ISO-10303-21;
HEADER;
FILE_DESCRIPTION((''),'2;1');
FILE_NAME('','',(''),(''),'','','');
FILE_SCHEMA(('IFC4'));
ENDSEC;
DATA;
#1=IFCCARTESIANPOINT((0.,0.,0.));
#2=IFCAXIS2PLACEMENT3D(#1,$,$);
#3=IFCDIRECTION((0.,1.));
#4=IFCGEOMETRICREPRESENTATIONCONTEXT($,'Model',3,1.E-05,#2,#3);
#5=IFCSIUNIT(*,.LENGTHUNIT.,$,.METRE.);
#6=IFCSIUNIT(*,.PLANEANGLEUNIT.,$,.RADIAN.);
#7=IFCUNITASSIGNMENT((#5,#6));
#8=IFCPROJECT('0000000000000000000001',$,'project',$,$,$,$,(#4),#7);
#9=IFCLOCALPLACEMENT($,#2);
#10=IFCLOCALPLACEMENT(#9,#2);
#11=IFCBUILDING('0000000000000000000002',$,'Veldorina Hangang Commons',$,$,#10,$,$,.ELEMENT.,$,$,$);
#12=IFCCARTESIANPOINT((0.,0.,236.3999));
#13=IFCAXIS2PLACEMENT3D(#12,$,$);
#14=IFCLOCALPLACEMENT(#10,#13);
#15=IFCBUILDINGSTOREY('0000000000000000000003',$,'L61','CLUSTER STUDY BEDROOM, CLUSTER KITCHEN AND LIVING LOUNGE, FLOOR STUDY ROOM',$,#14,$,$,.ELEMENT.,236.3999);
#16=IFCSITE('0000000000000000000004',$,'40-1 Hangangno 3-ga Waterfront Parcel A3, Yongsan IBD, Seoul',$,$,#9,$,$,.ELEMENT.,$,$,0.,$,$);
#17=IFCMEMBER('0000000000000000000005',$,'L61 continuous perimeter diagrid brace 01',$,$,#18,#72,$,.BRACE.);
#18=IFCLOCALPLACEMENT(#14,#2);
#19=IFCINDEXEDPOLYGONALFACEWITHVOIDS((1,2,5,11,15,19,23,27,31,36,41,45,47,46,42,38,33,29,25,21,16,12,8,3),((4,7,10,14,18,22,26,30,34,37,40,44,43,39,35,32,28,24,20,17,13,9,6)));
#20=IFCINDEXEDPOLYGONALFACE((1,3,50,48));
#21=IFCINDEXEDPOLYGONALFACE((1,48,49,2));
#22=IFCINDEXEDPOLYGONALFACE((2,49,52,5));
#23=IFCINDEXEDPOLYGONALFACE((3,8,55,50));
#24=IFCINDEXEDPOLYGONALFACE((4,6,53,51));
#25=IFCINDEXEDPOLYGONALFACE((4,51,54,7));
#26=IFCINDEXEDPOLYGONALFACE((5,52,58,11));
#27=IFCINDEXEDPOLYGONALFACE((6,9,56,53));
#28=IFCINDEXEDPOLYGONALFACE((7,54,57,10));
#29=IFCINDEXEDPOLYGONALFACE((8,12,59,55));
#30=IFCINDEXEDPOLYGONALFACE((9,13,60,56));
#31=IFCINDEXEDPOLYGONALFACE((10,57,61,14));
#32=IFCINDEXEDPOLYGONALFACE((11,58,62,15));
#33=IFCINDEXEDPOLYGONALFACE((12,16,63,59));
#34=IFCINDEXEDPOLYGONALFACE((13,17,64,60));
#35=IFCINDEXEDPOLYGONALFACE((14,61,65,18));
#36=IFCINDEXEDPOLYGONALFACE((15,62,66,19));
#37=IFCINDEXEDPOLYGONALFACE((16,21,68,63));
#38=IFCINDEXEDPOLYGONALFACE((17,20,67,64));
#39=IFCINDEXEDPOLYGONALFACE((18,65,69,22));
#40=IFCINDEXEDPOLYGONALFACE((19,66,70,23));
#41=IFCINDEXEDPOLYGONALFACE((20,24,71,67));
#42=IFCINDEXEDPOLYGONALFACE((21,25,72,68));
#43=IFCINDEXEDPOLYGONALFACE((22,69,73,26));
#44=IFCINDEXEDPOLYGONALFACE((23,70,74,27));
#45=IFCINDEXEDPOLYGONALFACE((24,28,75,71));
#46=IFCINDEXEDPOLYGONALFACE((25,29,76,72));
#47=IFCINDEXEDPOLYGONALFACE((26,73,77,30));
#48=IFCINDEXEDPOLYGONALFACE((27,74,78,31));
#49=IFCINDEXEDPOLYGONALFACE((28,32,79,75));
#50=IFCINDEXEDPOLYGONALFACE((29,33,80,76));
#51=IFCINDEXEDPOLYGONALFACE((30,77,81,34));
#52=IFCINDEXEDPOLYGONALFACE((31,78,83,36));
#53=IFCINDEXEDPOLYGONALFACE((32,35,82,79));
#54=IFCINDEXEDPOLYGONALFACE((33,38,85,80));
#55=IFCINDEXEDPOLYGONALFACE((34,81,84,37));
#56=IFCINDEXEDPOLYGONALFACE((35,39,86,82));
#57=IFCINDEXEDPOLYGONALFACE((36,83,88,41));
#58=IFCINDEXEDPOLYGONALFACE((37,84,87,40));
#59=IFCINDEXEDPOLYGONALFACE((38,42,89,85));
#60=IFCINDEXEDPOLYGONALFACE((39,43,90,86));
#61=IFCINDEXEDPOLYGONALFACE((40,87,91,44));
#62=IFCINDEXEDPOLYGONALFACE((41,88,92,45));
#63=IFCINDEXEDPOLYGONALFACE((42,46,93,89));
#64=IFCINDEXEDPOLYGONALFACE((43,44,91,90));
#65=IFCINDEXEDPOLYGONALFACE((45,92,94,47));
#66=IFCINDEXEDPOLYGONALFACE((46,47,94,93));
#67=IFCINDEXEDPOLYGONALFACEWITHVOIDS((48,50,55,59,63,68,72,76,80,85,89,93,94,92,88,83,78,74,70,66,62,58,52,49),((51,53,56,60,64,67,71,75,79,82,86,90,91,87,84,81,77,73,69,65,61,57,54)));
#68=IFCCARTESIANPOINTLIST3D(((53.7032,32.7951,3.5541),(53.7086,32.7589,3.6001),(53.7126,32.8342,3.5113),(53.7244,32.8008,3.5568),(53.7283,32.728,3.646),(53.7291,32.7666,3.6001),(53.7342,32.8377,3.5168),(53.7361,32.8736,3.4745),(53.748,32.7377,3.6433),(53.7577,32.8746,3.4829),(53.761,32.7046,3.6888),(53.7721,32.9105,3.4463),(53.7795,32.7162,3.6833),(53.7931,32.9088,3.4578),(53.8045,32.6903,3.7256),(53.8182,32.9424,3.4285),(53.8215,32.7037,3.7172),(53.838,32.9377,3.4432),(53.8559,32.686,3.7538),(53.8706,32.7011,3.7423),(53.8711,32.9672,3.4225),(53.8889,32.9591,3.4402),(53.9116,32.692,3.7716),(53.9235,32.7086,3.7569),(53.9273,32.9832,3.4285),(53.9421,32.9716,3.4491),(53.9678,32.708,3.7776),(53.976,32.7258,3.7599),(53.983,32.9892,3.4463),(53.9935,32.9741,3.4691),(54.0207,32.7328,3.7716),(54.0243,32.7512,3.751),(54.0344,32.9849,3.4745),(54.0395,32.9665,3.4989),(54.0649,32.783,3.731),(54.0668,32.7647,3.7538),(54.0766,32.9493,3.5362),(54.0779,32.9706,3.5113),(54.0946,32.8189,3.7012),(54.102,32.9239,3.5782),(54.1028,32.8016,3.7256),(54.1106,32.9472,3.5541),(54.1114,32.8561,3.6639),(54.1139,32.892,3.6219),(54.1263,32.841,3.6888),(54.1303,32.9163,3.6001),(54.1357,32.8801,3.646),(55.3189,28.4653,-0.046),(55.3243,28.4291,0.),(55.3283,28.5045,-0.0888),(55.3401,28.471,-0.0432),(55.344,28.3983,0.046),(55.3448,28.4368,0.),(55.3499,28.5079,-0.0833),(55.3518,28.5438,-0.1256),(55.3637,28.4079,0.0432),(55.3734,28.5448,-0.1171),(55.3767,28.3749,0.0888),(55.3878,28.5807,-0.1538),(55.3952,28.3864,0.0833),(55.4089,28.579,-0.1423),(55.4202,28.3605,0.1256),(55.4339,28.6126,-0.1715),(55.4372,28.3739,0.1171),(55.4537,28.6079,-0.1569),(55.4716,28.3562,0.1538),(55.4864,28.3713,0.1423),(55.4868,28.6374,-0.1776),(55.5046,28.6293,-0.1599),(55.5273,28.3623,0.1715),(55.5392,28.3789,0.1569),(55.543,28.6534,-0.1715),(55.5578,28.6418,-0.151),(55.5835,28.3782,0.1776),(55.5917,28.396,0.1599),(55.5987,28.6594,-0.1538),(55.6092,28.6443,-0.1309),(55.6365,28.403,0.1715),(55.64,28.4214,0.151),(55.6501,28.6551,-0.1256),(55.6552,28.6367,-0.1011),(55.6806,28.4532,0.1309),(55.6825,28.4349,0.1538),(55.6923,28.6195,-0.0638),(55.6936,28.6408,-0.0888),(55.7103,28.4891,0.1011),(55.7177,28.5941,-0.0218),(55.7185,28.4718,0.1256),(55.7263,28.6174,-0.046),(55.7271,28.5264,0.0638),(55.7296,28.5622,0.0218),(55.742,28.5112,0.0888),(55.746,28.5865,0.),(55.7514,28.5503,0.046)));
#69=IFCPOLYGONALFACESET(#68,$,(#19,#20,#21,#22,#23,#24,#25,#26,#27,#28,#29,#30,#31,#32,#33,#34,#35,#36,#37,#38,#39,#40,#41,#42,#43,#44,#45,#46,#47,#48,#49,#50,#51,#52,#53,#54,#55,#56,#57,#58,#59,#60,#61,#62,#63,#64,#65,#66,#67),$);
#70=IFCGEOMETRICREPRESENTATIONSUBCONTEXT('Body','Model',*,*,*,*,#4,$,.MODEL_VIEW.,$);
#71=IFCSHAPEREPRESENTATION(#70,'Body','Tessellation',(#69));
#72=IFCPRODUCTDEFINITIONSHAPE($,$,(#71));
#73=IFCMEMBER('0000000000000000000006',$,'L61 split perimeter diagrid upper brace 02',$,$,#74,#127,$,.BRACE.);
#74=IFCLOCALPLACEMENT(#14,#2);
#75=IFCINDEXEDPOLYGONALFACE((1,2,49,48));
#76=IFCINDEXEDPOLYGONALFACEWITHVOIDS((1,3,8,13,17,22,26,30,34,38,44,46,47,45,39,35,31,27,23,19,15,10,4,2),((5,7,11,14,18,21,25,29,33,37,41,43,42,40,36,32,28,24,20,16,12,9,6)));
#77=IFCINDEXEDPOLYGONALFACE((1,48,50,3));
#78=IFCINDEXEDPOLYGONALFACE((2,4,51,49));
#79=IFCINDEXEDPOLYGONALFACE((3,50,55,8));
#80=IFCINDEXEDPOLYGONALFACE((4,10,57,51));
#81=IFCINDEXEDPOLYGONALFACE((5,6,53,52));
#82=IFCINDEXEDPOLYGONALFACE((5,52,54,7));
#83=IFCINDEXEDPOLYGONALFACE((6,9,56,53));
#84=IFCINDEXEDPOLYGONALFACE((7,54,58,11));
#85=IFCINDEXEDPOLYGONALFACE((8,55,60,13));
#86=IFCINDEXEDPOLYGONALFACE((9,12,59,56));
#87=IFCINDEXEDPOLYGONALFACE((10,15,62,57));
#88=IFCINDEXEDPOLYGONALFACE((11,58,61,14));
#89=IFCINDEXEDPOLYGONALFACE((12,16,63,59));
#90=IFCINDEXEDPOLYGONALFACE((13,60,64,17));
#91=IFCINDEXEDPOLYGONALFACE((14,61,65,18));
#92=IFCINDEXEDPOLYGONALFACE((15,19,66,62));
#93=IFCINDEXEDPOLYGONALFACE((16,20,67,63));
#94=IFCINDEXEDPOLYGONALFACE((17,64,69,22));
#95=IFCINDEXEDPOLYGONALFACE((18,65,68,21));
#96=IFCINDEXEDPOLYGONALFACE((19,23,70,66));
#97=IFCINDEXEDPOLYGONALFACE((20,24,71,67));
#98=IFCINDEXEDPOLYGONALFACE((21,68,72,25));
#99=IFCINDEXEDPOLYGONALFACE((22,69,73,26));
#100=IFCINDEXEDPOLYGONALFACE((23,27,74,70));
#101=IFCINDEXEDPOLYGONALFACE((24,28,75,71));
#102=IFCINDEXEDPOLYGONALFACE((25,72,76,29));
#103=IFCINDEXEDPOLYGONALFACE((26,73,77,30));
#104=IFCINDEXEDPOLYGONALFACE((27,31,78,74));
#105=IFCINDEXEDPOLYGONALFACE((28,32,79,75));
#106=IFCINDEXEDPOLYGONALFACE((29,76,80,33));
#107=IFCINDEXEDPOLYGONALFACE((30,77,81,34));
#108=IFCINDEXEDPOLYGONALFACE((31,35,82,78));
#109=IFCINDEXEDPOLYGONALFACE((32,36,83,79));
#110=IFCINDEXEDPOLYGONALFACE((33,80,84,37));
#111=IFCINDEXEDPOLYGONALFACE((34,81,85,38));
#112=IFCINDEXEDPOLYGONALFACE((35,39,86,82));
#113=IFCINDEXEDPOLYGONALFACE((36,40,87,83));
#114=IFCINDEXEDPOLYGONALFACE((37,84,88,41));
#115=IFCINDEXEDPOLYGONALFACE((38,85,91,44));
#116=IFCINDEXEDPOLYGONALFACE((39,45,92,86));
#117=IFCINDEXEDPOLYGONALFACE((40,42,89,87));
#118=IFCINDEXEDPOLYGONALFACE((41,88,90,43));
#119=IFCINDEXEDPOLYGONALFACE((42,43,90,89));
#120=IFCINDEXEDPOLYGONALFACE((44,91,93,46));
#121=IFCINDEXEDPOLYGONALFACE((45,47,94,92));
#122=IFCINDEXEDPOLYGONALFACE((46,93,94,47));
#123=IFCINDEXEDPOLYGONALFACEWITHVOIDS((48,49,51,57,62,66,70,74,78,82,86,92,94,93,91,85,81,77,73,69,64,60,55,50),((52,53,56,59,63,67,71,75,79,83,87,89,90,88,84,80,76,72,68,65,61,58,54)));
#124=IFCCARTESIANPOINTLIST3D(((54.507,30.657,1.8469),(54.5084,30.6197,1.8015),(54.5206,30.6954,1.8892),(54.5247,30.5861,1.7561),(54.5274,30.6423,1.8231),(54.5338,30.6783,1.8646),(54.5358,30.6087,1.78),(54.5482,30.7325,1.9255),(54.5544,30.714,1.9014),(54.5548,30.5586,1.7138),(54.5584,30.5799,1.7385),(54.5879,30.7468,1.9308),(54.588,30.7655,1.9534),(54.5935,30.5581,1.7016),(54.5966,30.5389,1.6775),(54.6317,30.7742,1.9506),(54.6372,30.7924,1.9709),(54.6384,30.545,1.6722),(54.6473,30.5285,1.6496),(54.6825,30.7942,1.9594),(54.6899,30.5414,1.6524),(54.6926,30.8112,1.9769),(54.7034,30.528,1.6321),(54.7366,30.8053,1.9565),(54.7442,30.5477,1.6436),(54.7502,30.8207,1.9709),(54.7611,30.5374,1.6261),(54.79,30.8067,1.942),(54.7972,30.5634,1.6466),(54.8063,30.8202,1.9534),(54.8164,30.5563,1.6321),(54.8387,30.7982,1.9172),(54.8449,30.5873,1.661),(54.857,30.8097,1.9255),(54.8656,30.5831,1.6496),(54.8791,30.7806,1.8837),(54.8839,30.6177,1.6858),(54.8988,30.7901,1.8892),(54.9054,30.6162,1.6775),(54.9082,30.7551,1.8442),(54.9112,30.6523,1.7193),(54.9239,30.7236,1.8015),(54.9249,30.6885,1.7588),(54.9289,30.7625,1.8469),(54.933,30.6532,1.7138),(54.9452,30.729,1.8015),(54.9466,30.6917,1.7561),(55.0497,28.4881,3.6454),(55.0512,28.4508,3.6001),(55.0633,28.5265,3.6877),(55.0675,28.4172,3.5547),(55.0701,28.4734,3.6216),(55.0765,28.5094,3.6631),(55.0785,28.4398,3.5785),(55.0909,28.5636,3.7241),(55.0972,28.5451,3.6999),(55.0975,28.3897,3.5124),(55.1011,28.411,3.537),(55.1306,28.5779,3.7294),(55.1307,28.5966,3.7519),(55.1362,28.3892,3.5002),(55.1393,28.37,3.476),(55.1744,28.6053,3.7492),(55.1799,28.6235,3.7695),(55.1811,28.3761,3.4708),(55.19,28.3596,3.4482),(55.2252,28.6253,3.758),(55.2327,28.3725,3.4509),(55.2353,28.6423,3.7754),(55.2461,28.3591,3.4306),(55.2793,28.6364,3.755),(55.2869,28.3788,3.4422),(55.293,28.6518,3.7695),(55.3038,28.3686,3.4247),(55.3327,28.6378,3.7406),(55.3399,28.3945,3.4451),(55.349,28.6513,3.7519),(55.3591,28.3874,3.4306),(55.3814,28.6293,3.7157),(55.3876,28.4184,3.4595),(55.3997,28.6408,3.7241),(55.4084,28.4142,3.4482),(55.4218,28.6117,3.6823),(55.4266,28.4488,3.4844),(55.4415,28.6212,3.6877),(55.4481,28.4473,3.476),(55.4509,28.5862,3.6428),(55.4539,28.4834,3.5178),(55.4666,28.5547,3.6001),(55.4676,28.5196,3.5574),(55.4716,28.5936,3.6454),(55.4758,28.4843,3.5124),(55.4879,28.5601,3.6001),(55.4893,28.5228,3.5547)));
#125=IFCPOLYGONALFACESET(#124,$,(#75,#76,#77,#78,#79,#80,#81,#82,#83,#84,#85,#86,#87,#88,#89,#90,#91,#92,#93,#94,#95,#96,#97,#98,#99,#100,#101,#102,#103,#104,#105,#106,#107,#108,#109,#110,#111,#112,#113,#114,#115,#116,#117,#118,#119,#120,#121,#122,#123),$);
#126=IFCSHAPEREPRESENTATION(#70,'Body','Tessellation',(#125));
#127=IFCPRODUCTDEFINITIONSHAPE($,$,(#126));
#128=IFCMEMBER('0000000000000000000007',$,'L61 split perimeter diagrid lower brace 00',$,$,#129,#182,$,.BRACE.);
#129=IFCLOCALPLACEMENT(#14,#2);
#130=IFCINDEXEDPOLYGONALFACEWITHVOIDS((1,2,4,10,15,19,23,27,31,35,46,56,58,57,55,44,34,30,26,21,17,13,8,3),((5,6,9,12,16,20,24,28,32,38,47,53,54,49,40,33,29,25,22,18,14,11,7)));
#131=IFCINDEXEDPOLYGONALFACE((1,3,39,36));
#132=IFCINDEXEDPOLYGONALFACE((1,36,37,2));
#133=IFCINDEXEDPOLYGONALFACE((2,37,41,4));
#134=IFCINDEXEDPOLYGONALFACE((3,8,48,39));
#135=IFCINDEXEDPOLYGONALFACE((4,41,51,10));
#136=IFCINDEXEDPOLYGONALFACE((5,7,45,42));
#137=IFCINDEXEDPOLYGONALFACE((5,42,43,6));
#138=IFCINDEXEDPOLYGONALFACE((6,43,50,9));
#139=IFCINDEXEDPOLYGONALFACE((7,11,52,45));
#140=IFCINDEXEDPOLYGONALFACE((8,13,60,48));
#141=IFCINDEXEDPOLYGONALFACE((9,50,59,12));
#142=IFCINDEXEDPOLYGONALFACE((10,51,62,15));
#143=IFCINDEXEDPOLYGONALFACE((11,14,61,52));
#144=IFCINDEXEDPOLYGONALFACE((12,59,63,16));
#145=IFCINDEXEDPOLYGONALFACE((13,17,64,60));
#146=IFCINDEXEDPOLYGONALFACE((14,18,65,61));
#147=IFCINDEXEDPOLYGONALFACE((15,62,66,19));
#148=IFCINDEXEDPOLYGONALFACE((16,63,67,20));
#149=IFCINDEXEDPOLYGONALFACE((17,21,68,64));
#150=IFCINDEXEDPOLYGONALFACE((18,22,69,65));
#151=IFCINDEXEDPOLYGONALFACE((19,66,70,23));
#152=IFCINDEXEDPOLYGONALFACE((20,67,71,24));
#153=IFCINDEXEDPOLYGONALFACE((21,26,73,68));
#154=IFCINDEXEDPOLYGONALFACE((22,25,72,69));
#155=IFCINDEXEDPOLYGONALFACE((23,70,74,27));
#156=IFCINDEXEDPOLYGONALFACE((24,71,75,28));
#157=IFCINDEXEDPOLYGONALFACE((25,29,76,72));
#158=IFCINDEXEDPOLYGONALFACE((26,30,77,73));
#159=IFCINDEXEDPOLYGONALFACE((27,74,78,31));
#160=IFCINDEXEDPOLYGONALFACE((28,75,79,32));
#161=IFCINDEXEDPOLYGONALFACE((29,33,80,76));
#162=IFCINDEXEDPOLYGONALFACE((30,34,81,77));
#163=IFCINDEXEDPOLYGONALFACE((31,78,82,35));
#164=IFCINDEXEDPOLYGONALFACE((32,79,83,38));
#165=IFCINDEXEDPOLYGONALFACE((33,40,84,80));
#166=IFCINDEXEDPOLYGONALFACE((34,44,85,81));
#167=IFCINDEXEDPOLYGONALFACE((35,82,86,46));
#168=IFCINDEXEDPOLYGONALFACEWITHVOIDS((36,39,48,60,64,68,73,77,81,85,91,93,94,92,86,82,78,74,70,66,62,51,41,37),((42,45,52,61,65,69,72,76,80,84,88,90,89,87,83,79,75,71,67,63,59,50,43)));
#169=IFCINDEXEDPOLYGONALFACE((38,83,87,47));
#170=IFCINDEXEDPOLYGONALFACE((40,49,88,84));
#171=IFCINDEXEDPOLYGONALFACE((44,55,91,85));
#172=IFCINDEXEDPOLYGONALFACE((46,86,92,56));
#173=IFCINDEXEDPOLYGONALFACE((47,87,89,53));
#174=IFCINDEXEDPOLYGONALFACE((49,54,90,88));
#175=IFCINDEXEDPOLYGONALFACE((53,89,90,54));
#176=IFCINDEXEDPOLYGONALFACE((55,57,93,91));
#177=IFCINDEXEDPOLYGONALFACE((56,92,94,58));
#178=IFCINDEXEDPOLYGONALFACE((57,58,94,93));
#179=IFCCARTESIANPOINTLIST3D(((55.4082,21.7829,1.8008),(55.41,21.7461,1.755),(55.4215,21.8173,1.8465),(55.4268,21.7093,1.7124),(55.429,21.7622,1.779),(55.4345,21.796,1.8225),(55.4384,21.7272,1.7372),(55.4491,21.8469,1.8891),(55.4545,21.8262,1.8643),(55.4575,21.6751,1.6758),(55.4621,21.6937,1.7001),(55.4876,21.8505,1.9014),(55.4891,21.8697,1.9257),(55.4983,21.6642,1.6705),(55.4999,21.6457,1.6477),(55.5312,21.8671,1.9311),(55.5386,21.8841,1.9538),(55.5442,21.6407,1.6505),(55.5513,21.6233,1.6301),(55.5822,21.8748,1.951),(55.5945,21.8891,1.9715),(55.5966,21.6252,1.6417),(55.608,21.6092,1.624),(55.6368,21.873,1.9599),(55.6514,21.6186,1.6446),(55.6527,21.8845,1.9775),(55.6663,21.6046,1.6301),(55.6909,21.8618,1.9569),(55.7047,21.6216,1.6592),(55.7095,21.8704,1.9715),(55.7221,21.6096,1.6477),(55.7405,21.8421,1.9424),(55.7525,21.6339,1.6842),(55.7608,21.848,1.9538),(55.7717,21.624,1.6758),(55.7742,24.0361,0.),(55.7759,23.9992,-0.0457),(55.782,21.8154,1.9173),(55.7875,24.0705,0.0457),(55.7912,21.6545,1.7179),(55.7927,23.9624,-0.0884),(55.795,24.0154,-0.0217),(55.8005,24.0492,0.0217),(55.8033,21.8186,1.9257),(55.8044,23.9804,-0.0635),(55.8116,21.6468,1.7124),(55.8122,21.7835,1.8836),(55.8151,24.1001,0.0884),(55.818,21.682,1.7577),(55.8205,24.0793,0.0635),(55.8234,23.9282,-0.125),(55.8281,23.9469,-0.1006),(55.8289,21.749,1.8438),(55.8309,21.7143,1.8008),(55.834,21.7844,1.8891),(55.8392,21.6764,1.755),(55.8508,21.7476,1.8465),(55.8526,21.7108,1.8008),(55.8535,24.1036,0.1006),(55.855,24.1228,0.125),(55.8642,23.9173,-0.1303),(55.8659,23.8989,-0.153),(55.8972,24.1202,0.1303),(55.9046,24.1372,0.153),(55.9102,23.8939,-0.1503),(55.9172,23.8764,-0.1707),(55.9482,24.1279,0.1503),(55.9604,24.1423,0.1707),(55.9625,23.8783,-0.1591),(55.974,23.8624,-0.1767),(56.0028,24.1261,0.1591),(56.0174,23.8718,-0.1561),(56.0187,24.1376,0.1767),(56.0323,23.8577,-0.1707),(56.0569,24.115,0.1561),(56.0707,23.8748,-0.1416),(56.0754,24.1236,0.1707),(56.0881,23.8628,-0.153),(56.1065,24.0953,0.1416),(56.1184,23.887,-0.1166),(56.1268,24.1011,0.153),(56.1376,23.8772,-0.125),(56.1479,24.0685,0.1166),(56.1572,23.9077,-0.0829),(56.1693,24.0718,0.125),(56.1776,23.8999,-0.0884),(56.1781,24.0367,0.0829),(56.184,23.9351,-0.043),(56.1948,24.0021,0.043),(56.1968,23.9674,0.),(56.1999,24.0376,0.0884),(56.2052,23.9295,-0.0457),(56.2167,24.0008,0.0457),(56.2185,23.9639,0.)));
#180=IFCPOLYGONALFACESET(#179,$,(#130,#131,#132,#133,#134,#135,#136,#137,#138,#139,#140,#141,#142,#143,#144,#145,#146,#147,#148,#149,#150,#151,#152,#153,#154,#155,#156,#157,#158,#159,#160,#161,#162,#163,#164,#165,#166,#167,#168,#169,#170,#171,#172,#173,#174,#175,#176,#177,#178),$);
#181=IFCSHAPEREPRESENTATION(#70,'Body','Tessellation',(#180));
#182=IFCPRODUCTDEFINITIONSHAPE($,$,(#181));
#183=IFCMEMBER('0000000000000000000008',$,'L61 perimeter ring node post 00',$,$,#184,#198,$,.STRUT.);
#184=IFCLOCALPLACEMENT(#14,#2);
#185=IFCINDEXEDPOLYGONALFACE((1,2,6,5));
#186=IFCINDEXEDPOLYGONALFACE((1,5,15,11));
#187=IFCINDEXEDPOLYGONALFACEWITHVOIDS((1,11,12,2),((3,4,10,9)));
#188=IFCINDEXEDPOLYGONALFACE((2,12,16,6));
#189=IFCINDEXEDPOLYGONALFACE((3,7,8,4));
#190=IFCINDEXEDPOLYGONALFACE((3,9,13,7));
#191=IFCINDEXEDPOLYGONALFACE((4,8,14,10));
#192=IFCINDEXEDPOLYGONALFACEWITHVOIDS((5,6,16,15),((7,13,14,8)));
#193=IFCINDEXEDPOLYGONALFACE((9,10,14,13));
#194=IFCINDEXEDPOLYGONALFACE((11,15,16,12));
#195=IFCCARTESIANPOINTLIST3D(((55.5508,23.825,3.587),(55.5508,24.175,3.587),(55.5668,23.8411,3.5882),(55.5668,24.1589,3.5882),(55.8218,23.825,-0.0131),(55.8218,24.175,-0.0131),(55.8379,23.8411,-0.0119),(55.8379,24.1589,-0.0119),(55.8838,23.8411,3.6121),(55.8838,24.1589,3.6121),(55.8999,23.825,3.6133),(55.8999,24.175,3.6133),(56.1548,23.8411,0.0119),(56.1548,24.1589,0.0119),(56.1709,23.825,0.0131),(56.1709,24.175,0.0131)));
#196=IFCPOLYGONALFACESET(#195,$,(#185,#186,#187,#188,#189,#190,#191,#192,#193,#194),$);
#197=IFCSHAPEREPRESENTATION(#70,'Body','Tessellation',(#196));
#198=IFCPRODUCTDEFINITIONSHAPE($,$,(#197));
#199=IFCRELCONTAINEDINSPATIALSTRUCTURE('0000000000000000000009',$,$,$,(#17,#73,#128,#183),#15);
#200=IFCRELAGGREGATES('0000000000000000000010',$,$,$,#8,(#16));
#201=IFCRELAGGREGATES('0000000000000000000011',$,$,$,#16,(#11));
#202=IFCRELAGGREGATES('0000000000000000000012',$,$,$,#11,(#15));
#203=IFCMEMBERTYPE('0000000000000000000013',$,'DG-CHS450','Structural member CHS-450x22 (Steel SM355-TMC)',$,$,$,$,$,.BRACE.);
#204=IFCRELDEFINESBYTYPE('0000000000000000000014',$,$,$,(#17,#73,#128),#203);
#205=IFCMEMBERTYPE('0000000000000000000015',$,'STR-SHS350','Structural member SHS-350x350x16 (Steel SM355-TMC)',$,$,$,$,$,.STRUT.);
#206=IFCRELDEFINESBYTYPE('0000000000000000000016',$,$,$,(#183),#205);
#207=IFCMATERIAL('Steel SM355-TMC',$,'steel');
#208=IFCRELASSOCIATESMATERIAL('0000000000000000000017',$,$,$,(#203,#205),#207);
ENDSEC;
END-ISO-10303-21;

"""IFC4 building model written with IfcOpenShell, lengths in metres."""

from ifc_helpers import new_model, si_unit, direction, frame, origin, origin_2d, place, context, subcontext, project, spatial, hollow_rectangle, hollow_circle, extrude, material, material_profile, profile_set, type_object, element, save


model = new_model("IFC4")

# Units and contexts
model_context = context("Model", 3, precision=1e-05, world=origin(), true_north=direction((0.0, 1.0)))
body_context = subcontext(model_context, "Body", "Model", "MODEL_VIEW")
ifc_project = project(units=[si_unit("LENGTHUNIT", "METRE"), si_unit("PLANEANGLEUNIT", "RADIAN")], contexts=[model_context])

# Site, building, storey
site_placement = place(None, origin())
site = spatial("IfcSite", under=ifc_project, at=site_placement, Name="40-1 Hangangno 3-ga Waterfront Parcel A3, Yongsan IBD, Seoul", CompositionType="ELEMENT", RefElevation=0.0)
building_placement = place(site_placement, origin())
building = spatial("IfcBuilding", under=site, at=building_placement, Name="Veldorina Hangang Commons", CompositionType="ELEMENT")
storey_placement = place(building_placement, frame((0.0, 0.0, 236.3999)))
storey = spatial("IfcBuildingStorey", under=building, at=storey_placement, Name="L61", Description="CLUSTER STUDY BEDROOM, CLUSTER KITCHEN AND LIVING LOUNGE, FLOOR STUDY ROOM", CompositionType="ELEMENT", Elevation=236.3999)

# Shared definitions
ifc_material_1 = material(Name="Steel SM355-TMC", Category="steel")

# Members
ifc_material_profile_1 = material_profile(ifc_material_1, hollow_circle(Radius=0.2251, WallThickness=0.022, at=origin_2d()), Name="CHS-450x22")
ifc_profile_set_1 = profile_set([ifc_material_profile_1], Name="Steel SM355-TMC")
member_type_1 = type_object("IfcMemberType", Name="DG-CHS450", Description="Structural member CHS-450x22 (Steel SM355-TMC)", PredefinedType="BRACE", material=ifc_profile_set_1)
member_1_placement = place(storey_placement, frame((55.5352, 28.5078, 0.0), z_axis=(-0.275804, 0.739104, 0.614538), x_axis=(-0.936895, -0.349612, 0.0)))
element("IfcMember", 1, at=member_1_placement, inside=storey, type_object=member_type_1, Name="L61 continuous perimeter diagrid brace 01", PredefinedType="BRACE", context=body_context, shape_type="SweptSolid", body=[
    extrude(hollow_circle(Radius=0.2251, WallThickness=0.022, at=origin_2d()), origin(), (0.0, 0.0, 1.0), 5.8582),
])
member_2_placement = place(storey_placement, frame((54.7268, 30.6743, 1.8015), z_axis=(0.189138, -0.755873, 0.626803), x_axis=(0.970091, 0.242741, 0.0)))
element("IfcMember", 2, at=member_2_placement, inside=storey, type_object=member_type_1, Name="L61 split perimeter diagrid upper brace 02", PredefinedType="BRACE", context=body_context, shape_type="SweptSolid", body=[
    extrude(hollow_circle(Radius=0.2251, WallThickness=0.022, at=origin_2d()), origin(), (0.0, 0.0, 1.0), 2.8694),
])
member_3_placement = place(storey_placement, frame((55.9963, 24.0, 0.0), z_axis=(-0.12587, -0.774953, 0.619358), x_axis=(0.987065, -0.160322, 0.0)))
element("IfcMember", 3, at=member_3_placement, inside=storey, type_object=member_type_1, Name="L61 split perimeter diagrid lower brace 00", PredefinedType="BRACE", context=body_context, shape_type="SweptSolid", body=[
    extrude(hollow_circle(Radius=0.2251, WallThickness=0.022, at=origin_2d()), origin(), (0.0, 0.0, 1.0), 2.9075),
])
ifc_material_profile_2 = material_profile(ifc_material_1, hollow_rectangle(XDim=0.3501, YDim=0.3501, WallThickness=0.0161, at=origin_2d()), Name="SHS-350x350x16")
ifc_profile_set_2 = profile_set([ifc_material_profile_2], Name="Steel SM355-TMC")
member_type_2 = type_object("IfcMemberType", Name="STR-SHS350", Description="Structural member SHS-350x350x16 (Steel SM355-TMC)", PredefinedType="STRUT", material=ifc_profile_set_2)
member_4_placement = place(storey_placement, frame((55.9963, 24.0, 0.0), z_axis=(-0.075062, 0.0, 0.997179), x_axis=(0.0, -1.0, 0.0)))
element("IfcMember", 4, at=member_4_placement, inside=storey, type_object=member_type_2, Name="L61 perimeter ring node post 00", PredefinedType="STRUT", context=body_context, shape_type="SweptSolid", body=[
    extrude(hollow_rectangle(XDim=0.3501, YDim=0.3501, WallThickness=0.0161, at=origin_2d()), origin(), (0.0, 0.0, 1.0), 3.6104),
])

save(model, "model.ifc")
